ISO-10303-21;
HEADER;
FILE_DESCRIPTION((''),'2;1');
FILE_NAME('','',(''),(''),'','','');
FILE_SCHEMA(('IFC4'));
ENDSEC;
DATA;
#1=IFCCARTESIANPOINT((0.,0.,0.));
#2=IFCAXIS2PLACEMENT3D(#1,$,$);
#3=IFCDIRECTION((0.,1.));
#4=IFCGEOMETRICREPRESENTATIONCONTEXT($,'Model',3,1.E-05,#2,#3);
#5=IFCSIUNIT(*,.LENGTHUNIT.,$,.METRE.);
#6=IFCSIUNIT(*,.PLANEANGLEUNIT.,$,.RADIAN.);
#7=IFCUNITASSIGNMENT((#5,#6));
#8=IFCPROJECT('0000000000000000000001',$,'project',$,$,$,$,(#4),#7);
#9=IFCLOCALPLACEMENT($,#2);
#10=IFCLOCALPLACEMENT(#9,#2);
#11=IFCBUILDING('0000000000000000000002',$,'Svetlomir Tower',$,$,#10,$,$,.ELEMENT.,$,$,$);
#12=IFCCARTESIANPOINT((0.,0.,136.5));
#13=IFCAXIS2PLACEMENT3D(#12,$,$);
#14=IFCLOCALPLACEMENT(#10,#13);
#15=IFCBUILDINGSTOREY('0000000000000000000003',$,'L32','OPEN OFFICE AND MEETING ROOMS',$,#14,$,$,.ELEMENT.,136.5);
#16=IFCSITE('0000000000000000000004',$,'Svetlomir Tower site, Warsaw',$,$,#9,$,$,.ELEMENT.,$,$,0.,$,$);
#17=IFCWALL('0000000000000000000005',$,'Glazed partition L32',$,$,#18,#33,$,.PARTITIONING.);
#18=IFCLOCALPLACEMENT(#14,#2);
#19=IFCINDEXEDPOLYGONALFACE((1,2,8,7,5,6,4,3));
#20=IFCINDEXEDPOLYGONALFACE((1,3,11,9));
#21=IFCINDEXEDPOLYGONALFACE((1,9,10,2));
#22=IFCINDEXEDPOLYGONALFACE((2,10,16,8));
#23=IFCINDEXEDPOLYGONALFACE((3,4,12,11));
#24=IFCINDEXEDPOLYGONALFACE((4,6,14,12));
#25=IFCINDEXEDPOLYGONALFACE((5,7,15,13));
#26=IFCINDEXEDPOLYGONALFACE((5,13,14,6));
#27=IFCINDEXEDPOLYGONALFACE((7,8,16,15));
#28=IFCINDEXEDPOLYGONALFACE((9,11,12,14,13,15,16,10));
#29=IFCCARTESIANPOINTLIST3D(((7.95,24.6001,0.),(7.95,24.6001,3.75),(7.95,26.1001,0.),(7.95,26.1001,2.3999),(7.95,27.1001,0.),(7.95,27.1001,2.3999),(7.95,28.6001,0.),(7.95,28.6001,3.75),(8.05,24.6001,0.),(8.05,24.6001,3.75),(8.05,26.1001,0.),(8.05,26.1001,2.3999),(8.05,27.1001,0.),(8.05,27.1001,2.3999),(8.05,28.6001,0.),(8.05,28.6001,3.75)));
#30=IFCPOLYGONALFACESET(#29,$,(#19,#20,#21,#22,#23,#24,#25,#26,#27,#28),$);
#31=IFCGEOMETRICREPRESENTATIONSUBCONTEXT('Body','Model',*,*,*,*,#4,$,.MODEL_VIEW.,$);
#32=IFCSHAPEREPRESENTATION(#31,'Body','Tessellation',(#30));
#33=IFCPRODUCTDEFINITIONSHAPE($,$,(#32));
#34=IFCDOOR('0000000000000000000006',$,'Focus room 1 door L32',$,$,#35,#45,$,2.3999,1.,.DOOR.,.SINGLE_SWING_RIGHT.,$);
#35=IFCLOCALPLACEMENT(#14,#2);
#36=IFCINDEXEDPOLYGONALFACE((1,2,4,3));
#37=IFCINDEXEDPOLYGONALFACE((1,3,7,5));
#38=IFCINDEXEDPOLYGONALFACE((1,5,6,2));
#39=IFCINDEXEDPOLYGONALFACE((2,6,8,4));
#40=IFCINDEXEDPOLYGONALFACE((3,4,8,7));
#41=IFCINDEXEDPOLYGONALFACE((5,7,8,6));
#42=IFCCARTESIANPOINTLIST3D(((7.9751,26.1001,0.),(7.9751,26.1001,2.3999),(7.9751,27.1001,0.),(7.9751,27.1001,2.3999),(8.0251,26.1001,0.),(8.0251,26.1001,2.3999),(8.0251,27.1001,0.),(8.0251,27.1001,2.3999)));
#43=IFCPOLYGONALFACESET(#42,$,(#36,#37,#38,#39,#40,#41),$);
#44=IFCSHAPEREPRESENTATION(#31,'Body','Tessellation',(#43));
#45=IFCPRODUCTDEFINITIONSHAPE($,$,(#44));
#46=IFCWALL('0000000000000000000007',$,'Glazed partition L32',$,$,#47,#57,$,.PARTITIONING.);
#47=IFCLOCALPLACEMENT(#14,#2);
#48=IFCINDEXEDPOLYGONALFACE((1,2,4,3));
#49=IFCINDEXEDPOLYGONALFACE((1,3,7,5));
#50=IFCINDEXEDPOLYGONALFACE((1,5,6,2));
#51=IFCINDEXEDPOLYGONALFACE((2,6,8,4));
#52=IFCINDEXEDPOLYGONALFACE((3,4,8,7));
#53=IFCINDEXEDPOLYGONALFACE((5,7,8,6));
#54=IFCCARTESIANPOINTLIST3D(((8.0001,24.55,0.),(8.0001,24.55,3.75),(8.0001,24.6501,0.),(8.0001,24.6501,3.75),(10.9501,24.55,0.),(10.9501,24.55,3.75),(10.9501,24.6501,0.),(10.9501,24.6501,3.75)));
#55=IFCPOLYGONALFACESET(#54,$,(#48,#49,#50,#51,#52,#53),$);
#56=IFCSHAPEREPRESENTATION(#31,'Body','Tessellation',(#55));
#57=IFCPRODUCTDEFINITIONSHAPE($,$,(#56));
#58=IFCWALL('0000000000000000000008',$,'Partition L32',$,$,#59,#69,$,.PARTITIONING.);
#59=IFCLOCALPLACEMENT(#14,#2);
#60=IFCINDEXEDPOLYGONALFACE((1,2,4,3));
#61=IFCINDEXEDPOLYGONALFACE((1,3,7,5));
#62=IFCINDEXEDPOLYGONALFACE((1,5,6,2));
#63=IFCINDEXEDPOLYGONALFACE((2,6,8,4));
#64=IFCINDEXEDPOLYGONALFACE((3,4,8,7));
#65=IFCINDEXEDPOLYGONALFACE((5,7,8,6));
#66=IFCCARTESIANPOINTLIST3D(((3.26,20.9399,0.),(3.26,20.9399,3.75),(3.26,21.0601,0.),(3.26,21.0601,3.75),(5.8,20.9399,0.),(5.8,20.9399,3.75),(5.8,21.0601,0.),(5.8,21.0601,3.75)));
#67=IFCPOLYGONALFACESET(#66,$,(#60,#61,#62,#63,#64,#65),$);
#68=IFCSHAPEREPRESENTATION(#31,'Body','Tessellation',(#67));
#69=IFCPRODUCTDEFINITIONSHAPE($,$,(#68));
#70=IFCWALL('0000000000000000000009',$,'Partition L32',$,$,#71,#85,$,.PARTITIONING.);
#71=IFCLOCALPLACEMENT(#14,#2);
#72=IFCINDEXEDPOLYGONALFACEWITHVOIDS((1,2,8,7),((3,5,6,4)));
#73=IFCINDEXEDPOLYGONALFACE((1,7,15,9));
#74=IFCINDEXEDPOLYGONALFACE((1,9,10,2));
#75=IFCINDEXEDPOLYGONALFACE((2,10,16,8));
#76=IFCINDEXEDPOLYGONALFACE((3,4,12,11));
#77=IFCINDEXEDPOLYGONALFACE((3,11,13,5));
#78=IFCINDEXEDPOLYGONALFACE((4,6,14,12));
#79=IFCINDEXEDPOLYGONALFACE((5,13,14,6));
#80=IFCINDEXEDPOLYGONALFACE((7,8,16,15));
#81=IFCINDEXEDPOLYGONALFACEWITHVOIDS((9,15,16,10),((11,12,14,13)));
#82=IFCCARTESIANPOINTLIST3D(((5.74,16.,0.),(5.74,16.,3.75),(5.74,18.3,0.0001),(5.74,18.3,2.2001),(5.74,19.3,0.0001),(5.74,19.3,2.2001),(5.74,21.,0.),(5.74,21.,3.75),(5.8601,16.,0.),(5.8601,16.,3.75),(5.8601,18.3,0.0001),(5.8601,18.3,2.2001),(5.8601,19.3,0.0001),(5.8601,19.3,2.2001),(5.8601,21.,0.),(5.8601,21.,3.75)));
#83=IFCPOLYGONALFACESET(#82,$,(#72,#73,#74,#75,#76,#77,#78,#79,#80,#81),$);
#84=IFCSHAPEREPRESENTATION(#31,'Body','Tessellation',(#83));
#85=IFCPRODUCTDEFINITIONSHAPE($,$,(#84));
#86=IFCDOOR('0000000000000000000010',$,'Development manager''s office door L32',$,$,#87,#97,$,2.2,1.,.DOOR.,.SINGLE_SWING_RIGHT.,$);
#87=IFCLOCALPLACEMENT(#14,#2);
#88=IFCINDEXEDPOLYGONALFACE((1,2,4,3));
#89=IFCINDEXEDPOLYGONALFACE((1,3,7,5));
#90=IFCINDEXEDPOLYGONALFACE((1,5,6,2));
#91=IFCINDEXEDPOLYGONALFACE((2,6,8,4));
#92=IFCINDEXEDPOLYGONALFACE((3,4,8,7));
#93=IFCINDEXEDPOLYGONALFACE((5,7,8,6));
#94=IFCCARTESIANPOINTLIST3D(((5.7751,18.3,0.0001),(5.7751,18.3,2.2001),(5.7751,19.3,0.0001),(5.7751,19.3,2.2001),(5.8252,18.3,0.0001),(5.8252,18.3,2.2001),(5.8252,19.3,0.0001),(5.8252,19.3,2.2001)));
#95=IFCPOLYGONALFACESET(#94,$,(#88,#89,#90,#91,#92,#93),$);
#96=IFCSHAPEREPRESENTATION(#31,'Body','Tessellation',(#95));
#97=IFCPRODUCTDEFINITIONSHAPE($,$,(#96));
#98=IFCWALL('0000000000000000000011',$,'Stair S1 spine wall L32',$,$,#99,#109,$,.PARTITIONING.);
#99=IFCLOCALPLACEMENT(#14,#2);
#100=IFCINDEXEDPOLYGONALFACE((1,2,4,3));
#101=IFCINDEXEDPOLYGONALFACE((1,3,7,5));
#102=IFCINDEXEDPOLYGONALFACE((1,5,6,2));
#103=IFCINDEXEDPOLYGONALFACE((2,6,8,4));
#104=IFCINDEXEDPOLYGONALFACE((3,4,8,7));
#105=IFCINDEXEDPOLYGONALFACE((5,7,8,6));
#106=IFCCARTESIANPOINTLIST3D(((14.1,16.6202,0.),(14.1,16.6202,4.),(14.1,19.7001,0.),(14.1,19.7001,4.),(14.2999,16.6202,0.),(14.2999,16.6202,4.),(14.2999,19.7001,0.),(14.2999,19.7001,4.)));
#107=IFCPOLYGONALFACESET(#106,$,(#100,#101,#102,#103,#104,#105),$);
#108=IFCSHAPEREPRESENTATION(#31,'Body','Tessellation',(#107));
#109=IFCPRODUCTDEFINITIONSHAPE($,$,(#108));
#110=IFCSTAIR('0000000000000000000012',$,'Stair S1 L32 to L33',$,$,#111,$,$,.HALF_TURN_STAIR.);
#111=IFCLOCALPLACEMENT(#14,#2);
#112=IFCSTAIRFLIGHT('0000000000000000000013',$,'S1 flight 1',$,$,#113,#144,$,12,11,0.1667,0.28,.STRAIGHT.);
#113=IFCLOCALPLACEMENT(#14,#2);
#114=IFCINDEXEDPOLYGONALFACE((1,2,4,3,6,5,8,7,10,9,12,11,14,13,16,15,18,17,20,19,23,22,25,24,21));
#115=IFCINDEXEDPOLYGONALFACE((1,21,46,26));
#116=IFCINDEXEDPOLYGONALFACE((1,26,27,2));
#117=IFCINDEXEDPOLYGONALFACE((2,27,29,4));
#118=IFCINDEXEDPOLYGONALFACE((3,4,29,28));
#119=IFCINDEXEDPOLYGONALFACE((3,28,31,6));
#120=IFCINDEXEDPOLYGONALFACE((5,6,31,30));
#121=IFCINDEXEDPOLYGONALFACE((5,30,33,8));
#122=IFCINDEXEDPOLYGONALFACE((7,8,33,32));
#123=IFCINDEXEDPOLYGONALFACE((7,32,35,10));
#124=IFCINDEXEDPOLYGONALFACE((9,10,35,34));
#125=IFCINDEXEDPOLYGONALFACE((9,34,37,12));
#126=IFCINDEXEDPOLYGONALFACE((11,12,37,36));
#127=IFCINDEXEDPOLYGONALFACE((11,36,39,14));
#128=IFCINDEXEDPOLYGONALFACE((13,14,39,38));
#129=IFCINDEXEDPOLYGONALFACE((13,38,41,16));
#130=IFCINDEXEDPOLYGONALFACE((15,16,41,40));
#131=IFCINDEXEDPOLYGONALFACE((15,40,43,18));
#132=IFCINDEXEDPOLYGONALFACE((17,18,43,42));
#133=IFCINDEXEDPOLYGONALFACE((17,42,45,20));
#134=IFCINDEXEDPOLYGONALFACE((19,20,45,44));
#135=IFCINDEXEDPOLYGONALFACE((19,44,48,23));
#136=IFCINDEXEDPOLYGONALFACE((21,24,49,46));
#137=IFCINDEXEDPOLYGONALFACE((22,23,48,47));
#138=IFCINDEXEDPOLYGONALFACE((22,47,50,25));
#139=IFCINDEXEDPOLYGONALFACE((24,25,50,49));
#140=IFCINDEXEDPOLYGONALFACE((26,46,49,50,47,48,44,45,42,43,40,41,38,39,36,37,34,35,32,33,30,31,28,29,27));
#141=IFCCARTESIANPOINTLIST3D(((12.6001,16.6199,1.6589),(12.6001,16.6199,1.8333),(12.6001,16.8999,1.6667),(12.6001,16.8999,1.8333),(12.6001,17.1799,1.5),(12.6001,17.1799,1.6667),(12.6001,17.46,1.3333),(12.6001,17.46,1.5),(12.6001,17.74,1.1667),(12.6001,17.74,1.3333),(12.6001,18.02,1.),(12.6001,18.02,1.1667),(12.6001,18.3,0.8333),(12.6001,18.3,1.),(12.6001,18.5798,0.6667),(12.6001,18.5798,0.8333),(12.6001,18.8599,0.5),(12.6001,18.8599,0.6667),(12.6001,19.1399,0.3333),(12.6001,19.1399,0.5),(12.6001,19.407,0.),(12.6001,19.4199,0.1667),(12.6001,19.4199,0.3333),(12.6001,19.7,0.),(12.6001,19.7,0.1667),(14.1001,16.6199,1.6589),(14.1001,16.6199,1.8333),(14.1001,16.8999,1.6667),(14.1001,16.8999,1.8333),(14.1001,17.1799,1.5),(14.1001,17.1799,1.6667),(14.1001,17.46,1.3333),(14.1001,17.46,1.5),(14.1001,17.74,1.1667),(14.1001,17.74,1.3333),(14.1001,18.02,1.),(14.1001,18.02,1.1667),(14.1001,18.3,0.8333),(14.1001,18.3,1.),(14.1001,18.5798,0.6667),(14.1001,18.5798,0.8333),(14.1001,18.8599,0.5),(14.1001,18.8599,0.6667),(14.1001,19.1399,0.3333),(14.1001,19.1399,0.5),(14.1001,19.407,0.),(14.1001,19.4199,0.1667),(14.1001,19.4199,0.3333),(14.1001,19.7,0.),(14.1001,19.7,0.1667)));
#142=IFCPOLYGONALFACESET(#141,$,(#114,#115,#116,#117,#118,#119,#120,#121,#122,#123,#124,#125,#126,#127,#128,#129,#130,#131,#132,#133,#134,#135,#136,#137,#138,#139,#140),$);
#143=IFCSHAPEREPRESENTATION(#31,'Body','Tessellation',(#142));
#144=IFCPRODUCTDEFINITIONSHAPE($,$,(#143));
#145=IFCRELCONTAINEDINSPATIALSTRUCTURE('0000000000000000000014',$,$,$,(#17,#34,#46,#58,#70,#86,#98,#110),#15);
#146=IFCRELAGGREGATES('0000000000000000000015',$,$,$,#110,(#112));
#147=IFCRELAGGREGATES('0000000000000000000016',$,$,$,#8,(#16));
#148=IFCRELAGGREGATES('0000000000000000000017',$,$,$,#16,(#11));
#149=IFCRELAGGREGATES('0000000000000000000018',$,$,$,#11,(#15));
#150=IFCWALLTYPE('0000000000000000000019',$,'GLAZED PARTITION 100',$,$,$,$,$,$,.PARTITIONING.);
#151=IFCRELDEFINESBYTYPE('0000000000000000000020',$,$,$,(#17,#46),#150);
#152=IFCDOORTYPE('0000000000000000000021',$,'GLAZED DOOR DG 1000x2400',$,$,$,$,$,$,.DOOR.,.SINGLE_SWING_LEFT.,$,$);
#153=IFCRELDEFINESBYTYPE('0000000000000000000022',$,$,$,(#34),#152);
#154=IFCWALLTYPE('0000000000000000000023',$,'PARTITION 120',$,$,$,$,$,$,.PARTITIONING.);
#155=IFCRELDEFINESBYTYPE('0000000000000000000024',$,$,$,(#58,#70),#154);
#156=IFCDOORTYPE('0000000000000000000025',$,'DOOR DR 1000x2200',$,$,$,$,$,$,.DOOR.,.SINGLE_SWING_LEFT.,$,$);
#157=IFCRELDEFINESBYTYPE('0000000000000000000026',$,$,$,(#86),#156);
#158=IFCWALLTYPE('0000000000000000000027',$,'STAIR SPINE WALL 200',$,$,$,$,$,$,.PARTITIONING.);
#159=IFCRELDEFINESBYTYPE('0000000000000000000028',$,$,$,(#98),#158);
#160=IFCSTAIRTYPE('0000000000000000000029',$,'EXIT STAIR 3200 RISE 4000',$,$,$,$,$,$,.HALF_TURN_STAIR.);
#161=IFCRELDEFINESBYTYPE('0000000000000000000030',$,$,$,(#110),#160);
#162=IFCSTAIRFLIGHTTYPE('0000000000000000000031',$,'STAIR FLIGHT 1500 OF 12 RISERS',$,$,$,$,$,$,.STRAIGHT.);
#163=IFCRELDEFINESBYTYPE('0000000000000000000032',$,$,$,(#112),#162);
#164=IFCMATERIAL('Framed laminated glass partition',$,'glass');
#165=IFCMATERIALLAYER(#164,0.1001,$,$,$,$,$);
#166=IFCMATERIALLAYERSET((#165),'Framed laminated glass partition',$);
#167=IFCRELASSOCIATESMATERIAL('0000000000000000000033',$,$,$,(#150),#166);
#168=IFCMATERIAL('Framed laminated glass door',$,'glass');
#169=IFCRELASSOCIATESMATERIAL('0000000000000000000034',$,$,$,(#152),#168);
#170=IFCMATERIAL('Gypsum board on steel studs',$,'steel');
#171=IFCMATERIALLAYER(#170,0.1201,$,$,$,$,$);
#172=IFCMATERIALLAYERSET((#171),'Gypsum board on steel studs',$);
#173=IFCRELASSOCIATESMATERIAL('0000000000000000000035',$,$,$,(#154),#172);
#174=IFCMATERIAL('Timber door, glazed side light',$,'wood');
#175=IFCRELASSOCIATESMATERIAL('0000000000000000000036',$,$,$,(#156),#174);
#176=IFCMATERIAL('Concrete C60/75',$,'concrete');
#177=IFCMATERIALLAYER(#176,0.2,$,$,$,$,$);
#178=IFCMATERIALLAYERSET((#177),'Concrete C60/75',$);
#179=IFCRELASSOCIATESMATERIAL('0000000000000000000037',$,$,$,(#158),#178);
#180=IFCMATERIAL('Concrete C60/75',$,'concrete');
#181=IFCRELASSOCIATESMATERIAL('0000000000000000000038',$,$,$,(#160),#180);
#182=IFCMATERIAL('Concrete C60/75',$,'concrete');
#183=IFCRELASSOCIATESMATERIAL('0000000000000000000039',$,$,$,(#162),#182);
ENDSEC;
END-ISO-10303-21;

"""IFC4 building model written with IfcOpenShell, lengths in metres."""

from ifc_helpers import new_model, si_unit, direction, frame, frame_2d, origin, place, context, subcontext, project, spatial, polyline, rectangle, outline, extrude, material, layer, layer_set, type_object, element, fill, aggregate, save


model = new_model("IFC4")

# Units and contexts
model_context = context("Model", 3, precision=1e-05, world=origin(), true_north=direction((0.0, 1.0)))
body_context = subcontext(model_context, "Body", "Model", "MODEL_VIEW")
ifc_project = project(units=[si_unit("LENGTHUNIT", "METRE"), si_unit("PLANEANGLEUNIT", "RADIAN")], contexts=[model_context])

# Site, building, storey
site_placement = place(None, origin())
site = spatial("IfcSite", under=ifc_project, at=site_placement, Name="Svetlomir Tower site, Warsaw", CompositionType="ELEMENT", RefElevation=0.0)
building_placement = place(site_placement, origin())
building = spatial("IfcBuilding", under=site, at=building_placement, Name="Svetlomir Tower", CompositionType="ELEMENT")
storey_placement = place(building_placement, frame((0.0, 0.0, 136.5)))
storey = spatial("IfcBuildingStorey", under=building, at=storey_placement, Name="L32", Description="OPEN OFFICE AND MEETING ROOMS", CompositionType="ELEMENT", Elevation=136.5)

# Shared definitions
ifc_material_1 = material(Name="Framed laminated glass partition", Category="glass")
ifc_layer_1 = layer(ifc_material_1, 0.1001)
ifc_layer_set_1 = layer_set([ifc_layer_1], Name="Framed laminated glass partition")
wall_type_1 = type_object("IfcWallType", Name="GLAZED PARTITION 100", PredefinedType="PARTITIONING", material=ifc_layer_set_1)
ifc_material_2 = material(Name="Framed laminated glass door", Category="glass")
door_type_1 = type_object("IfcDoorType", Name="GLAZED DOOR DG 1000x2400", OperationType="SINGLE_SWING_LEFT", PredefinedType="DOOR", material=ifc_material_2)

# Wall, opening, door
wall_1_placement = place(storey_placement, frame((8.0, 24.6001, 0.0), z_axis=(0.0, 0.0, 1.0), x_axis=(0.0, 1.0, 0.0)))
wall_1 = element("IfcWall", 1, at=wall_1_placement, inside=storey, type_object=wall_type_1, Name="Glazed partition L32", PredefinedType="PARTITIONING", context=body_context, shape_type="SweptSolid", body=[
    extrude(rectangle(XDim=4.0, YDim=0.1001, at=frame_2d((2.0, 0.0))), origin(), (0.0, 0.0, 1.0), 3.75),
])
opening_1_placement = place(wall_1_placement, frame((1.5, 0.0, 0.0)))
opening_1 = element("IfcOpeningElement", 2, at=opening_1_placement, cuts=wall_1, PredefinedType="OPENING", context=body_context, shape_type="SweptSolid", body=[
    extrude(rectangle(XDim=1.0, YDim=2.3999, at=frame_2d((0.5, 1.2))), frame((0.0, 0.0601, 0.0), z_axis=(0.0, -1.0, 0.0), x_axis=(1.0, 0.0, 0.0)), (0.0, 0.0, 1.0), 0.1201),
])
door_1_placement = place(opening_1_placement, origin())
door_1 = element("IfcDoor", 3, at=door_1_placement, inside=storey, type_object=door_type_1, Name="Focus room 1 door L32", OperationType="SINGLE_SWING_RIGHT", OverallHeight=2.3999, OverallWidth=1.0, PredefinedType="DOOR", context=body_context, shape_type="SweptSolid", body=[
    extrude(rectangle(XDim=1.0, YDim=2.3999, at=frame_2d((0.5, 1.2))), frame((0.0, 0.0249, 0.0), z_axis=(0.0, -1.0, 0.0), x_axis=(1.0, 0.0, 0.0)), (0.0, 0.0, 1.0), 0.05),
])
fill(opening_1, door_1)

# Walls
wall_2_placement = place(storey_placement, frame((8.0, 24.6001, 0.0), z_axis=(0.0, 0.0, 1.0), x_axis=(1.0, 0.0, 0.0)))
element("IfcWall", 4, at=wall_2_placement, inside=storey, type_object=wall_type_1, Name="Glazed partition L32", PredefinedType="PARTITIONING", context=body_context, shape_type="SweptSolid", body=[
    extrude(rectangle(XDim=2.95, YDim=0.1001, at=frame_2d((1.4751, 0.0))), origin(), (0.0, 0.0, 1.0), 3.75),
])
ifc_material_3 = material(Name="Gypsum board on steel studs", Category="steel")
ifc_layer_2 = layer(ifc_material_3, 0.1201)
ifc_layer_set_2 = layer_set([ifc_layer_2], Name="Gypsum board on steel studs")
wall_type_2 = type_object("IfcWallType", Name="PARTITION 120", PredefinedType="PARTITIONING", material=ifc_layer_set_2)
wall_3_placement = place(storey_placement, frame((3.26, 21.0, 0.0), z_axis=(0.0, 0.0, 1.0), x_axis=(1.0, 0.0, 0.0)))
element("IfcWall", 5, at=wall_3_placement, inside=storey, type_object=wall_type_2, Name="Partition L32", PredefinedType="PARTITIONING", context=body_context, shape_type="SweptSolid", body=[
    extrude(rectangle(XDim=2.54, YDim=0.1201, at=frame_2d((1.27, 0.0))), origin(), (0.0, 0.0, 1.0), 3.75),
])

# Wall, opening, door
wall_4_placement = place(storey_placement, frame((5.8, 16.0, 0.0), z_axis=(0.0, 0.0, 1.0), x_axis=(0.0, 1.0, 0.0)))
wall_4 = element("IfcWall", 6, at=wall_4_placement, inside=storey, type_object=wall_type_2, Name="Partition L32", PredefinedType="PARTITIONING", context=body_context, shape_type="SweptSolid", body=[
    extrude(rectangle(XDim=5.0, YDim=0.1201, at=frame_2d((2.5, 0.0))), origin(), (0.0, 0.0, 1.0), 3.75),
])
opening_2_placement = place(wall_4_placement, frame((2.3, 0.0, 0.0)))
opening_2 = element("IfcOpeningElement", 7, at=opening_2_placement, cuts=wall_4, PredefinedType="OPENING", context=body_context, shape_type="SweptSolid", body=[
    extrude(rectangle(XDim=1.0, YDim=2.2, at=frame_2d((0.5, 1.1001))), frame((0.0, 0.0701, 0.0), z_axis=(0.0, -1.0, 0.0), x_axis=(1.0, 0.0, 0.0)), (0.0, 0.0, 1.0), 0.1401),
])
ifc_material_4 = material(Name="Timber door, glazed side light", Category="wood")
door_type_2 = type_object("IfcDoorType", Name="DOOR DR 1000x2200", OperationType="SINGLE_SWING_LEFT", PredefinedType="DOOR", material=ifc_material_4)
door_2_placement = place(opening_2_placement, origin())
door_2 = element("IfcDoor", 8, at=door_2_placement, inside=storey, type_object=door_type_2, Name="Development manager's office door L32", OperationType="SINGLE_SWING_RIGHT", OverallHeight=2.2, OverallWidth=1.0, PredefinedType="DOOR", context=body_context, shape_type="SweptSolid", body=[
    extrude(rectangle(XDim=1.0, YDim=2.2, at=frame_2d((0.5, 1.1001))), frame((0.0, 0.0249, 0.0), z_axis=(0.0, -1.0, 0.0), x_axis=(1.0, 0.0, 0.0)), (0.0, 0.0, 1.0), 0.05),
])
fill(opening_2, door_2)

# Wall
ifc_material_5 = material(Name="Concrete C60/75", Category="concrete")
ifc_layer_3 = layer(ifc_material_5, 0.2)
ifc_layer_set_3 = layer_set([ifc_layer_3], Name="Concrete C60/75")
wall_type_3 = type_object("IfcWallType", Name="STAIR SPINE WALL 200", PredefinedType="PARTITIONING", material=ifc_layer_set_3)
wall_5_placement = place(storey_placement, frame((14.2, 16.6201, 0.0), z_axis=(0.0, 0.0, 1.0), x_axis=(0.0, 1.0, 0.0)))
element("IfcWall", 9, at=wall_5_placement, inside=storey, type_object=wall_type_3, Name="Stair S1 spine wall L32", PredefinedType="PARTITIONING", context=body_context, shape_type="SweptSolid", body=[
    extrude(rectangle(XDim=3.0798, YDim=0.2, at=frame_2d((1.54, 0.0))), origin(), (0.0, 0.0, 1.0), 4.0),
])

# Stair, stair flight
ifc_material_6 = material(Name="Concrete C60/75", Category="concrete")
stair_type = type_object("IfcStairType", Name="EXIT STAIR 3200 RISE 4000", PredefinedType="HALF_TURN_STAIR", material=ifc_material_6)
stair_placement = place(storey_placement, origin())
stair = element("IfcStair", 10, at=stair_placement, inside=storey, type_object=stair_type, Name="Stair S1 L32 to L33", PredefinedType="HALF_TURN_STAIR")
ifc_material_7 = material(Name="Concrete C60/75", Category="concrete")
stair_flight_type = type_object("IfcStairFlightType", Name="STAIR FLIGHT 1500 OF 12 RISERS", PredefinedType="STRAIGHT", material=ifc_material_7)
stair_flight_placement = place(storey_placement, frame((13.3501, 19.7, 0.0), z_axis=(0.0, 0.0, 1.0), x_axis=(0.0, -1.0, 0.0)))
stair_flight = element("IfcStairFlight", 11, at=stair_flight_placement, type_object=stair_flight_type, Name="S1 flight 1", NumberOfRisers=12, NumberOfTreads=11, PredefinedType="STRAIGHT", RiserHeight=0.1667, TreadLength=0.28, context=body_context, shape_type="SweptSolid", body=[
    extrude(outline(polyline([(0.0, 0.0), (0.0, 0.1667), (0.28, 0.1667), (0.28, 0.3333), (0.5601, 0.3333), (0.5601, 0.5), (0.8401, 0.5), (0.8401, 0.6667), (1.1201, 0.6667), (1.1201, 0.8333), (1.3999, 0.8333), (1.3999, 1.0), (1.6799, 1.0), (1.6799, 1.1667), (1.96, 1.1667), (1.96, 1.3333), (2.24, 1.3333), (2.24, 1.5), (2.52, 1.5), (2.52, 1.6667), (2.8, 1.6667), (2.8, 1.8333), (3.0801, 1.8333), (3.0801, 2.0), (3.0801, 1.6589), (0.293, 0.0), (0.0, 0.0)])), frame((0.0, 0.75, 0.0), z_axis=(0.0, -1.0, 0.0), x_axis=(1.0, 0.0, 0.0)), (0.0, 0.0, 1.0), 1.5),
])
aggregate(stair, [stair_flight])

save(model, "model.ifc")
